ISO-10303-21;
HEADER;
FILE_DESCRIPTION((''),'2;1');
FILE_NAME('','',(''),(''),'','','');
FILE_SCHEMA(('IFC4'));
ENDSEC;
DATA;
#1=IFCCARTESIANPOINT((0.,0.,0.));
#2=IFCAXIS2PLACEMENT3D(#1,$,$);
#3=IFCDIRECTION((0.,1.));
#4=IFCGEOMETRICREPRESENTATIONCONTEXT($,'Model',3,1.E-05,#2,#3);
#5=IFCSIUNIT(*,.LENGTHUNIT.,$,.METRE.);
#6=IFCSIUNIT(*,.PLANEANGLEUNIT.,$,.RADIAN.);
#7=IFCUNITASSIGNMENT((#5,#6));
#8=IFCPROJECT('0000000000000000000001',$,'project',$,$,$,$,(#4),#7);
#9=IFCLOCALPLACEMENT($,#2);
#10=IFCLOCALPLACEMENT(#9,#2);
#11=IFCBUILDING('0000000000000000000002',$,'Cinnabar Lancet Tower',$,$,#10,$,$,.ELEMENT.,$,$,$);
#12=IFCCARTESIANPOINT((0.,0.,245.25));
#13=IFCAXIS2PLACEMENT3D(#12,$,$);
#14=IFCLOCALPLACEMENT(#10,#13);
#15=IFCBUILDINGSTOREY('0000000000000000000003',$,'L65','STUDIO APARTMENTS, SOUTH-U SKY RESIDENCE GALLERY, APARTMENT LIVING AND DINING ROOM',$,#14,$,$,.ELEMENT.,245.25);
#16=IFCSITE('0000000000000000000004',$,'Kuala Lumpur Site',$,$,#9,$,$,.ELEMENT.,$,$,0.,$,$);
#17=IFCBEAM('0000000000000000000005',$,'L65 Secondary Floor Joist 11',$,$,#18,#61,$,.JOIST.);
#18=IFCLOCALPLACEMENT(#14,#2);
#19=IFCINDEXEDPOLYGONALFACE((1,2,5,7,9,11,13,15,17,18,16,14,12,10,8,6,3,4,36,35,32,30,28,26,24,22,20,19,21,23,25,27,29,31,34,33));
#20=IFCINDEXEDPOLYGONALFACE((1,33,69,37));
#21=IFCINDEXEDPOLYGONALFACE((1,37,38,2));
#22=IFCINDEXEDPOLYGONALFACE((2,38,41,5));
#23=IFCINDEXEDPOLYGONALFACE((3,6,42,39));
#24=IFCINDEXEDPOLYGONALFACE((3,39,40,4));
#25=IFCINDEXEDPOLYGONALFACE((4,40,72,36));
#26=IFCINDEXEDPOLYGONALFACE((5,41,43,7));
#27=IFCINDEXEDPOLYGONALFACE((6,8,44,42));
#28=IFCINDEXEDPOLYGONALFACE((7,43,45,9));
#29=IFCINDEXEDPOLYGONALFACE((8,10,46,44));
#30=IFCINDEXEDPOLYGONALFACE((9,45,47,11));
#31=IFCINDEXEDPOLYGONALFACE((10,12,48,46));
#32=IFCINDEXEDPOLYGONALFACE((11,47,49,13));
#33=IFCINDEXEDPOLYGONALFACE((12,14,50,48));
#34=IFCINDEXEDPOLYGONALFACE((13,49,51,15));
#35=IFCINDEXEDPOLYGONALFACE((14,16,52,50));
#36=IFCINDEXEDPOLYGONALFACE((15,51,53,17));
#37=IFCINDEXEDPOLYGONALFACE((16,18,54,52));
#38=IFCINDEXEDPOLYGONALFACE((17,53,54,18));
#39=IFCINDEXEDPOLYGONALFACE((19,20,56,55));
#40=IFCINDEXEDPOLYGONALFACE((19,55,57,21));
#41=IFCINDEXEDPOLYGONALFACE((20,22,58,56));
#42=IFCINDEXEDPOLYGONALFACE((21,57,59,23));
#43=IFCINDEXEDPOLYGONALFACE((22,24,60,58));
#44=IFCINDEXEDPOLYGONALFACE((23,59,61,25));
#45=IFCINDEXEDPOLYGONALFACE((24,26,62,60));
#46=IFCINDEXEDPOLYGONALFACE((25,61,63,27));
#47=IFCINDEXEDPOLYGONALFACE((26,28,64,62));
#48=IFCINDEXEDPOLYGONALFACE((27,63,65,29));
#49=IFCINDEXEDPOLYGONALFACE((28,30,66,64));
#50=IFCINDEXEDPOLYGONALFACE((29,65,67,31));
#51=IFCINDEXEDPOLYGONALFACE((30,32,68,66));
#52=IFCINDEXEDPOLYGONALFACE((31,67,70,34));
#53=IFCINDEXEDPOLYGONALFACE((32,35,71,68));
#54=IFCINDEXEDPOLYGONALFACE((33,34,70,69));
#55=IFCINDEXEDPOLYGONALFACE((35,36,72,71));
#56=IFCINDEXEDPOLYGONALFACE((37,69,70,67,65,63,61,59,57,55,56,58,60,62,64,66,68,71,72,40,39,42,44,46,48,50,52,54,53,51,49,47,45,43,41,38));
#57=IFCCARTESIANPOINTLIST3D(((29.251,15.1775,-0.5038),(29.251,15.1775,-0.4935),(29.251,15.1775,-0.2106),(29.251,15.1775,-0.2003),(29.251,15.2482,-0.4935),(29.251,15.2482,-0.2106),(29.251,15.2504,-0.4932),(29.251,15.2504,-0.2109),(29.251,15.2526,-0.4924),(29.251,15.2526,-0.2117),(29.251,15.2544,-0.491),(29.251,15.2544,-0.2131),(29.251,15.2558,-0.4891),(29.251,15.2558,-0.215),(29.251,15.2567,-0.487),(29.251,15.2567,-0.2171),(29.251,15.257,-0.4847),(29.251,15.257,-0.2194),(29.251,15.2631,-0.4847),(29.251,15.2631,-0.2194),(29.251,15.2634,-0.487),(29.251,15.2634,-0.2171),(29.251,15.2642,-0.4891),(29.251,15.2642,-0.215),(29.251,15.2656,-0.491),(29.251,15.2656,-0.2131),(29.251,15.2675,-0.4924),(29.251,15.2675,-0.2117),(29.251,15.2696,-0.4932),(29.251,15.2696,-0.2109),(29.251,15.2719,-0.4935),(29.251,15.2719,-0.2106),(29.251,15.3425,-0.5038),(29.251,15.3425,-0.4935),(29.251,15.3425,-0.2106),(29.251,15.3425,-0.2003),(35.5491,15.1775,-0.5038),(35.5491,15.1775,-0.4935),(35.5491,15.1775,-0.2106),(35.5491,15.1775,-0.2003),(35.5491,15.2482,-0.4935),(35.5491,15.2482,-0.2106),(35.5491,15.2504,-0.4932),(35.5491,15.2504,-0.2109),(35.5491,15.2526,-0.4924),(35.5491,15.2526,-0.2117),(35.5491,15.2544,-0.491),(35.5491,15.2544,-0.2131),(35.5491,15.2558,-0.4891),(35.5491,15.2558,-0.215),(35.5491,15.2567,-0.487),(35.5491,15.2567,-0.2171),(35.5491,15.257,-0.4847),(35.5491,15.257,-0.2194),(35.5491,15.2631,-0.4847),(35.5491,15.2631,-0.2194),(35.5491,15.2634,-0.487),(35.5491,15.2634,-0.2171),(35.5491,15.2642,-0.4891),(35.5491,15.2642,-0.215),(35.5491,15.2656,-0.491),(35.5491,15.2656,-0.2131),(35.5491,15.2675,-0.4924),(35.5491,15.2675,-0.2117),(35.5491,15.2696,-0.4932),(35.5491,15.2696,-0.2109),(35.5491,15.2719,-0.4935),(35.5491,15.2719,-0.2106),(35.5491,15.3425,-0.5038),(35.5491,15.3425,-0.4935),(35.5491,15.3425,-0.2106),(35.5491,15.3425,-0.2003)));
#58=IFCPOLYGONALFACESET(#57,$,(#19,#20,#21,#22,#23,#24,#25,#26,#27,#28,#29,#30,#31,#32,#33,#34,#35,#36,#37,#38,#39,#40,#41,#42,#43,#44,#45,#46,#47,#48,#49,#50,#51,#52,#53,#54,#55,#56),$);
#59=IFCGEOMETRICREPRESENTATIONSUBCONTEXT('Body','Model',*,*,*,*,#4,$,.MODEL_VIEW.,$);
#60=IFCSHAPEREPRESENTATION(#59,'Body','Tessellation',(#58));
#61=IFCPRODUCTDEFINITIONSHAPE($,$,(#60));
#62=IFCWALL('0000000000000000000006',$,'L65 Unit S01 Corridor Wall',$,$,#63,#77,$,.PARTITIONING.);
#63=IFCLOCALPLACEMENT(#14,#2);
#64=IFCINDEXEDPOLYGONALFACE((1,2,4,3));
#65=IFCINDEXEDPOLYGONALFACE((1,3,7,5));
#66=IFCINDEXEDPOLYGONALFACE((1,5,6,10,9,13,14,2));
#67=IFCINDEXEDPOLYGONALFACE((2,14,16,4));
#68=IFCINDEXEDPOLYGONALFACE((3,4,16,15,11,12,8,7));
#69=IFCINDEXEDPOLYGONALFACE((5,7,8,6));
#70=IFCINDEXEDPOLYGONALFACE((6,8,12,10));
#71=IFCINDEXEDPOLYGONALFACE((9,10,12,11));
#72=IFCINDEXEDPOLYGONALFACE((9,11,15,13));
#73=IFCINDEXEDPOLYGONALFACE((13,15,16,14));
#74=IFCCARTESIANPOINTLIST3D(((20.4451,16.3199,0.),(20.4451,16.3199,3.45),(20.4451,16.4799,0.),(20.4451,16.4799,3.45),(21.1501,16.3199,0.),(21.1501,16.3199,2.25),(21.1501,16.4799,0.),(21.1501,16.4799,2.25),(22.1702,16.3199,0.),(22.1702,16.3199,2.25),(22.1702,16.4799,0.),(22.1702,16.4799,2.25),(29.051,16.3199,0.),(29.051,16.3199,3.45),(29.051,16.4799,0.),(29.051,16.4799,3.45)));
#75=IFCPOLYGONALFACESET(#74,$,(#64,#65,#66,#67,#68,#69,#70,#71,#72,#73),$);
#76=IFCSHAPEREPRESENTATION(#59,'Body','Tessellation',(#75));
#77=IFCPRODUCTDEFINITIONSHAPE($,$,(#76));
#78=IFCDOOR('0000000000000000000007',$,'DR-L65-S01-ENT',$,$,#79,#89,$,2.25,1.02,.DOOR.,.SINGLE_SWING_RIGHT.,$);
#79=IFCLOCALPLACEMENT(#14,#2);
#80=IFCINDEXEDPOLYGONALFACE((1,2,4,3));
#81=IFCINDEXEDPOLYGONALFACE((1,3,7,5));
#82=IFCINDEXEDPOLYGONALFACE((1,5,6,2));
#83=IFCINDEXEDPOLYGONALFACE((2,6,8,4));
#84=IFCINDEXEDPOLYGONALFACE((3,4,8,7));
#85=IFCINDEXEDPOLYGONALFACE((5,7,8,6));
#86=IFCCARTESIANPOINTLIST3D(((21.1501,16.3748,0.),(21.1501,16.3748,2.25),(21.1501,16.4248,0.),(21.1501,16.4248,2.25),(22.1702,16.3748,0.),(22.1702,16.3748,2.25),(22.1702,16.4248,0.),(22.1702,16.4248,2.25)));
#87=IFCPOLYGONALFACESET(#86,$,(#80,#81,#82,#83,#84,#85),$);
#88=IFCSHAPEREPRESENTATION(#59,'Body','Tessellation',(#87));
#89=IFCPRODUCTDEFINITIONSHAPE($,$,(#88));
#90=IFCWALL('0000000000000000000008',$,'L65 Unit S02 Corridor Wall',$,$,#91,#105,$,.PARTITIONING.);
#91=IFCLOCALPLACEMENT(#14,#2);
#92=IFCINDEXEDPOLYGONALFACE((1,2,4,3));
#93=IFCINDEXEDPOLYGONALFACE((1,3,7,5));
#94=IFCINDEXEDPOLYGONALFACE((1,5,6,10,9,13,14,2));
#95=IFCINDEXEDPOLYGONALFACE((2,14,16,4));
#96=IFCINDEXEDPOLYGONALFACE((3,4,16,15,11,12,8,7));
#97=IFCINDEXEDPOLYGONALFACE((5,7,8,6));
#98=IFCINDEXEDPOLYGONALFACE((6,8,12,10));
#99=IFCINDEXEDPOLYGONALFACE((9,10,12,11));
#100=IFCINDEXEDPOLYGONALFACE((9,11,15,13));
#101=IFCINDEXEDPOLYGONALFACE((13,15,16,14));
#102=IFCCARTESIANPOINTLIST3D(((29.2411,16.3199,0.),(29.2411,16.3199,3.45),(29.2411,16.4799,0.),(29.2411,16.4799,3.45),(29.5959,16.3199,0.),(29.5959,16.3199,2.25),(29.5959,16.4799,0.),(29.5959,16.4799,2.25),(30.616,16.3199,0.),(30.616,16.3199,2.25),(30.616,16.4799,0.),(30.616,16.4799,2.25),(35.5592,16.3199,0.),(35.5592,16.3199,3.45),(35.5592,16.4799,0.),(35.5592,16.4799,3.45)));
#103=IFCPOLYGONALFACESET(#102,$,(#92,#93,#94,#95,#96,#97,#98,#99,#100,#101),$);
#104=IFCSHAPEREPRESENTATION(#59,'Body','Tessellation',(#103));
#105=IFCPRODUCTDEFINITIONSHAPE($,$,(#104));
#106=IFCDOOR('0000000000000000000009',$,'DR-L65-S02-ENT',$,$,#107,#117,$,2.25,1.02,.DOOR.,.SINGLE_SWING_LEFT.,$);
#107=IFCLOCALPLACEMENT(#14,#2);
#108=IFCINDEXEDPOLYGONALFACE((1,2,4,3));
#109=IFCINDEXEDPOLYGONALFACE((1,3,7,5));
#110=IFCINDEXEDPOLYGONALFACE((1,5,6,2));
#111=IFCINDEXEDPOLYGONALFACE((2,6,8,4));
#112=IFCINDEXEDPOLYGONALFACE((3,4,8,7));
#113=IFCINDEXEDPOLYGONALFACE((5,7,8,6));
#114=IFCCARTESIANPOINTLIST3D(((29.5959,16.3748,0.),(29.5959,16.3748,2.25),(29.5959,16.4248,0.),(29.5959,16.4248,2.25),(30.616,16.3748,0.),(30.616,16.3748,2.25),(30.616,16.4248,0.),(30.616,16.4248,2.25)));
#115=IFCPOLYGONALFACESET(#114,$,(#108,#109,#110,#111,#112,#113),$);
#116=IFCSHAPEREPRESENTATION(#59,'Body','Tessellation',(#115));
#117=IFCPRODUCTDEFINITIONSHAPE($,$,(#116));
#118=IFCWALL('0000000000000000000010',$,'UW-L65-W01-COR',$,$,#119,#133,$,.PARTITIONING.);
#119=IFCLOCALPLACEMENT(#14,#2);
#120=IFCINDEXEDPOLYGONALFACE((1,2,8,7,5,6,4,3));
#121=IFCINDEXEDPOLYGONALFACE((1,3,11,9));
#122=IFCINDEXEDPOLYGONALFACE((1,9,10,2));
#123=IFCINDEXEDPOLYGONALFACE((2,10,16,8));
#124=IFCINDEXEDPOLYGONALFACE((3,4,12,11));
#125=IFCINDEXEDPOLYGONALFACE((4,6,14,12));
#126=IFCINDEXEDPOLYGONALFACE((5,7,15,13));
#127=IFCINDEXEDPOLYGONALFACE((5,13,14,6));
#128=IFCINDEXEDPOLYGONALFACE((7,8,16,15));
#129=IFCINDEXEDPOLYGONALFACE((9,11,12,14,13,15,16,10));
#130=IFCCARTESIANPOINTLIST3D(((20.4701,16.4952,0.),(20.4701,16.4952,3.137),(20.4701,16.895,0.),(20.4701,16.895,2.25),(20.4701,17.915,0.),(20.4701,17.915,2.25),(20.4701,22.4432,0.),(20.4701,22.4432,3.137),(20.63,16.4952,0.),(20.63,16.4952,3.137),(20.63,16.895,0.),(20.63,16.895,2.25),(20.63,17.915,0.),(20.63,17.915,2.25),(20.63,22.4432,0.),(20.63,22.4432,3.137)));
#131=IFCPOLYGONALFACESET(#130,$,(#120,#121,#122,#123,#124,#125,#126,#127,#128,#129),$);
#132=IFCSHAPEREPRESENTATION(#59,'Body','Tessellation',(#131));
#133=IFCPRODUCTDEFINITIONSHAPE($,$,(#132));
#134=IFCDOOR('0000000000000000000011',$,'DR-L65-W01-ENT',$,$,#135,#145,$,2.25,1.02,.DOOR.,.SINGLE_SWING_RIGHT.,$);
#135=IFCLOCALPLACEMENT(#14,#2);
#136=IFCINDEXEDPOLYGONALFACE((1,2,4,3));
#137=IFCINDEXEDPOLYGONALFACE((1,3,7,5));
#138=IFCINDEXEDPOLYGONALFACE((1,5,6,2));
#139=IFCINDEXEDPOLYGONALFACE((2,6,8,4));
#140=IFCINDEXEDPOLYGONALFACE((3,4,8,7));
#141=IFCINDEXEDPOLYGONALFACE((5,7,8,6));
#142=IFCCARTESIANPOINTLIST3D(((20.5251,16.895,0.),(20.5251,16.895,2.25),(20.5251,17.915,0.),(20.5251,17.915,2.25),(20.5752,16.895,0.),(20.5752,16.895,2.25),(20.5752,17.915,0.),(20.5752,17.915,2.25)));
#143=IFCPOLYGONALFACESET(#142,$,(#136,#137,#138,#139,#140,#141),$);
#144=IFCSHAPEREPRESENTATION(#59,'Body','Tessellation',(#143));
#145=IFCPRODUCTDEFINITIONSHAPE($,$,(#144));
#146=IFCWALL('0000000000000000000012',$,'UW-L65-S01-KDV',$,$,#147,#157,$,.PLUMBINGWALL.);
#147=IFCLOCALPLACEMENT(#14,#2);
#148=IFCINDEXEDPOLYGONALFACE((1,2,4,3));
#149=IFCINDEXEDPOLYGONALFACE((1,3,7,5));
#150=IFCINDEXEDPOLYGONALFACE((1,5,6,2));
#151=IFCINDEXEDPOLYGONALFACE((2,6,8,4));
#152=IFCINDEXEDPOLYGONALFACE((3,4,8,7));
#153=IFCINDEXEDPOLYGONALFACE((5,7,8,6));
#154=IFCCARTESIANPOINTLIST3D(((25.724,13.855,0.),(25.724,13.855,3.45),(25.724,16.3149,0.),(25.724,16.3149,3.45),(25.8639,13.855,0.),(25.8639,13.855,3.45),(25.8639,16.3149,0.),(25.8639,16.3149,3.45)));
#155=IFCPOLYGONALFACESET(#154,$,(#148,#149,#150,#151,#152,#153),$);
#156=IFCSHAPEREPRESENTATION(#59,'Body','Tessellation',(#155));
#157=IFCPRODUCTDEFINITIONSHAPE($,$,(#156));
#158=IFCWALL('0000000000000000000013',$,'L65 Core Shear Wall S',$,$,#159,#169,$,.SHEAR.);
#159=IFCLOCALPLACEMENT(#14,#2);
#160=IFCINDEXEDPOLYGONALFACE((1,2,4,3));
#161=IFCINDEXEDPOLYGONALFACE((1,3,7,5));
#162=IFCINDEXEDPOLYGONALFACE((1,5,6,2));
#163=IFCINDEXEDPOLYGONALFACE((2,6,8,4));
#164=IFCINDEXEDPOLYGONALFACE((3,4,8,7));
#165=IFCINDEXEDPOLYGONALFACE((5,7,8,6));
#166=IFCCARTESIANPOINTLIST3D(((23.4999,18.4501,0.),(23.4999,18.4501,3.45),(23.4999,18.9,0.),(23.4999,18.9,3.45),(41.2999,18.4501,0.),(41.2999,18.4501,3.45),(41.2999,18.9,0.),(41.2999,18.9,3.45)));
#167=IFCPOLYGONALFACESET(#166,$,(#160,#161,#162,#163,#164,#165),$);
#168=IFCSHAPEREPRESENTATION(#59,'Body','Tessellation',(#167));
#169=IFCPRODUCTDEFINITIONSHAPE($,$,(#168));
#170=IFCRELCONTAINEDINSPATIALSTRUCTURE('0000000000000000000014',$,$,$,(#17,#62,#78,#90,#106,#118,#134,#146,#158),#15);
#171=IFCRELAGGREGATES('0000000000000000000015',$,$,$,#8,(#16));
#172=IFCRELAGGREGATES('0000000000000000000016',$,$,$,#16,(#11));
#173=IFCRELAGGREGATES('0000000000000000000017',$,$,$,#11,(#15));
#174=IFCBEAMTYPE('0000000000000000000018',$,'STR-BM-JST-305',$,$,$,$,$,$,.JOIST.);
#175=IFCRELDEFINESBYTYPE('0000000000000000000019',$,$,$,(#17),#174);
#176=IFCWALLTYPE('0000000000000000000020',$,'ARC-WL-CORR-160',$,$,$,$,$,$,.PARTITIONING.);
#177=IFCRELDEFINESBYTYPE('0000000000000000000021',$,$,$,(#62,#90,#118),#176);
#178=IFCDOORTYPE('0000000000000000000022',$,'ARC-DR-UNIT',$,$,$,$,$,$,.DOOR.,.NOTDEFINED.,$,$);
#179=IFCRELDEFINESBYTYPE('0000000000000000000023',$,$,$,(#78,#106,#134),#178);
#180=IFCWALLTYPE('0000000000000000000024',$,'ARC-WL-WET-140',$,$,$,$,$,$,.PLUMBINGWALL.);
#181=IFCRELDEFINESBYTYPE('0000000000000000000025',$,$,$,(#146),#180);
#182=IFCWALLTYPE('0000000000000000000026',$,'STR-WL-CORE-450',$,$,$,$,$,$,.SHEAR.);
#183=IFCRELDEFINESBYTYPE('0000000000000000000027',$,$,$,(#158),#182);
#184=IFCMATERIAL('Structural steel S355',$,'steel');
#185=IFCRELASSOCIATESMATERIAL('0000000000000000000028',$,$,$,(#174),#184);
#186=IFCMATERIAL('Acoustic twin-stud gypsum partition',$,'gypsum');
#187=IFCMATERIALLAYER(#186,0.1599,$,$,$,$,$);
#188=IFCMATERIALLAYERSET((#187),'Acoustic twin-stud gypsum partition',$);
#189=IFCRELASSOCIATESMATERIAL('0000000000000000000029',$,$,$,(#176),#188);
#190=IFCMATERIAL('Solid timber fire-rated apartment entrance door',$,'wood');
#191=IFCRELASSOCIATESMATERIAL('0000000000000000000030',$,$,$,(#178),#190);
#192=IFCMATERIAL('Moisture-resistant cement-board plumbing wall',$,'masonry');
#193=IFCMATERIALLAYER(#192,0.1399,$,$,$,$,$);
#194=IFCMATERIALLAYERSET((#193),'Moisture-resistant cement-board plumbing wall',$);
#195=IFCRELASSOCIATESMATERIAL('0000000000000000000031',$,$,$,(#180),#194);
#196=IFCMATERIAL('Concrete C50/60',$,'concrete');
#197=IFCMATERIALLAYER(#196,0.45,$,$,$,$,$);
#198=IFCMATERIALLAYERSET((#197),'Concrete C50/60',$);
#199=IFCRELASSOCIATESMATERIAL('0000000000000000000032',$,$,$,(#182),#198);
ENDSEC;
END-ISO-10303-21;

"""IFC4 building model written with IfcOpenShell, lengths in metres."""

from ifc_helpers import new_model, si_unit, direction, frame, frame_2d, origin, origin_2d, place, context, subcontext, project, spatial, rectangle, i_section, extrude, material, layer, layer_set, material_profile, profile_set, type_object, element, fill, save


model = new_model("IFC4")

# Units and contexts
model_context = context("Model", 3, precision=1e-05, world=origin(), true_north=direction((0.0, 1.0)))
body_context = subcontext(model_context, "Body", "Model", "MODEL_VIEW")
ifc_project = project(units=[si_unit("LENGTHUNIT", "METRE"), si_unit("PLANEANGLEUNIT", "RADIAN")], contexts=[model_context])

# Site, building, storey
site_placement = place(None, origin())
site = spatial("IfcSite", under=ifc_project, at=site_placement, Name="Kuala Lumpur Site", CompositionType="ELEMENT", RefElevation=0.0)
building_placement = place(site_placement, origin())
building = spatial("IfcBuilding", under=site, at=building_placement, Name="Cinnabar Lancet Tower", CompositionType="ELEMENT")
storey_placement = place(building_placement, frame((0.0, 0.0, 245.25)))
storey = spatial("IfcBuildingStorey", under=building, at=storey_placement, Name="L65", Description="STUDIO APARTMENTS, SOUTH-U SKY RESIDENCE GALLERY, APARTMENT LIVING AND DINING ROOM", CompositionType="ELEMENT", Elevation=245.25)

# Beam
ifc_material_1 = material(Name="Structural steel S355", Category="steel")
ifc_material_profile_1 = material_profile(ifc_material_1, i_section(OverallWidth=0.165, OverallDepth=0.3035, WebThickness=0.0061, FlangeThickness=0.0103, FilletRadius=0.0088, at=origin_2d()), Name="UKB 305x165x40")
ifc_profile_set_1 = profile_set([ifc_material_profile_1], Name="Structural steel S355")
beam_type = type_object("IfcBeamType", Name="STR-BM-JST-305", PredefinedType="JOIST", material=ifc_profile_set_1)
beam_1_placement = place(storey_placement, frame((29.251, 15.26, -0.3521), z_axis=(1.0, 0.0, 0.0), x_axis=(0.0, 1.0, 0.0)))
element("IfcBeam", 1, at=beam_1_placement, inside=storey, type_object=beam_type, Name="L65 Secondary Floor Joist 11", PredefinedType="JOIST", context=body_context, shape_type="SweptSolid", body=[
    extrude(i_section(OverallWidth=0.165, OverallDepth=0.3035, WebThickness=0.0061, FlangeThickness=0.0103, FilletRadius=0.0088, at=origin_2d()), origin(), (0.0, 0.0, 1.0), 6.2981),
])

# Walls, openings, doors
ifc_material_2 = material(Name="Acoustic twin-stud gypsum partition", Category="gypsum")
ifc_layer_1 = layer(ifc_material_2, 0.1599)
ifc_layer_set_1 = layer_set([ifc_layer_1], Name="Acoustic twin-stud gypsum partition")
wall_type_1 = type_object("IfcWallType", Name="ARC-WL-CORR-160", PredefinedType="PARTITIONING", material=ifc_layer_set_1)
wall_1_placement = place(storey_placement, frame((20.4451, 16.3999, 0.0), z_axis=(0.0, 0.0, 1.0), x_axis=(1.0, 0.0, 0.0)))
wall_1 = element("IfcWall", 2, at=wall_1_placement, inside=storey, type_object=wall_type_1, Name="L65 Unit S01 Corridor Wall", PredefinedType="PARTITIONING", context=body_context, shape_type="SweptSolid", body=[
    extrude(rectangle(XDim=8.606, YDim=0.1599, at=frame_2d((4.303, 0.0))), origin(), (0.0, 0.0, 1.0), 3.45),
])
opening_1_placement = place(wall_1_placement, frame((0.7051, 0.0, 0.0)))
opening_1 = element("IfcOpeningElement", 3, at=opening_1_placement, cuts=wall_1, PredefinedType="OPENING", context=body_context, shape_type="SweptSolid", body=[
    extrude(rectangle(XDim=1.02, YDim=2.25, at=frame_2d((0.51, 1.125))), frame((0.0, 0.0898, 0.0), z_axis=(0.0, -1.0, 0.0), x_axis=(1.0, 0.0, 0.0)), (0.0, 0.0, 1.0), 0.1799),
])
ifc_material_3 = material(Name="Solid timber fire-rated apartment entrance door", Category="wood")
door_type = type_object("IfcDoorType", Name="ARC-DR-UNIT", OperationType="NOTDEFINED", PredefinedType="DOOR", material=ifc_material_3)
door_1_placement = place(opening_1_placement, origin())
door_1 = element("IfcDoor", 4, at=door_1_placement, inside=storey, type_object=door_type, Name="DR-L65-S01-ENT", OperationType="SINGLE_SWING_RIGHT", OverallHeight=2.25, OverallWidth=1.02, PredefinedType="DOOR", context=body_context, shape_type="SweptSolid", body=[
    extrude(rectangle(XDim=1.02, YDim=2.25, at=frame_2d((0.51, 1.125))), frame((0.0, 0.0249, 0.0), z_axis=(0.0, -1.0, 0.0), x_axis=(1.0, 0.0, 0.0)), (0.0, 0.0, 1.0), 0.05),
])
fill(opening_1, door_1)
wall_2_placement = place(storey_placement, frame((29.241, 16.3999, 0.0), z_axis=(0.0, 0.0, 1.0), x_axis=(1.0, 0.0, 0.0)))
wall_2 = element("IfcWall", 5, at=wall_2_placement, inside=storey, type_object=wall_type_1, Name="L65 Unit S02 Corridor Wall", PredefinedType="PARTITIONING", context=body_context, shape_type="SweptSolid", body=[
    extrude(rectangle(XDim=6.3181, YDim=0.1599, at=frame_2d((3.1592, 0.0))), origin(), (0.0, 0.0, 1.0), 3.45),
])
opening_2_placement = place(wall_2_placement, frame((0.355, 0.0, 0.0)))
opening_2 = element("IfcOpeningElement", 6, at=opening_2_placement, cuts=wall_2, PredefinedType="OPENING", context=body_context, shape_type="SweptSolid", body=[
    extrude(rectangle(XDim=1.02, YDim=2.25, at=frame_2d((0.51, 1.125))), frame((0.0, 0.0898, 0.0), z_axis=(0.0, -1.0, 0.0), x_axis=(1.0, 0.0, 0.0)), (0.0, 0.0, 1.0), 0.1799),
])
door_2_placement = place(opening_2_placement, origin())
door_2 = element("IfcDoor", 7, at=door_2_placement, inside=storey, type_object=door_type, Name="DR-L65-S02-ENT", OperationType="SINGLE_SWING_LEFT", OverallHeight=2.25, OverallWidth=1.02, PredefinedType="DOOR", context=body_context, shape_type="SweptSolid", body=[
    extrude(rectangle(XDim=1.02, YDim=2.25, at=frame_2d((0.51, 1.125))), frame((0.0, 0.0249, 0.0), z_axis=(0.0, -1.0, 0.0), x_axis=(1.0, 0.0, 0.0)), (0.0, 0.0, 1.0), 0.05),
])
fill(opening_2, door_2)
wall_3_placement = place(storey_placement, frame((20.55, 16.4951, 0.0), z_axis=(0.0, 0.0, 1.0), x_axis=(0.0, 1.0, 0.0)))
wall_3 = element("IfcWall", 8, at=wall_3_placement, inside=storey, type_object=wall_type_1, Name="UW-L65-W01-COR", PredefinedType="PARTITIONING", context=body_context, shape_type="SweptSolid", body=[
    extrude(rectangle(XDim=5.948, YDim=0.1599, at=frame_2d((2.9741, 0.0))), origin(), (0.0, 0.0, 1.0), 3.137),
])
opening_3_placement = place(wall_3_placement, frame((0.3999, 0.0, 0.0)))
opening_3 = element("IfcOpeningElement", 9, at=opening_3_placement, cuts=wall_3, PredefinedType="OPENING", context=body_context, shape_type="SweptSolid", body=[
    extrude(rectangle(XDim=1.02, YDim=2.25, at=frame_2d((0.51, 1.125))), frame((0.0, 0.0898, 0.0), z_axis=(0.0, -1.0, 0.0), x_axis=(1.0, 0.0, 0.0)), (0.0, 0.0, 1.0), 0.1799),
])
door_3_placement = place(opening_3_placement, origin())
door_3 = element("IfcDoor", 10, at=door_3_placement, inside=storey, type_object=door_type, Name="DR-L65-W01-ENT", OperationType="SINGLE_SWING_RIGHT", OverallHeight=2.25, OverallWidth=1.02, PredefinedType="DOOR", context=body_context, shape_type="SweptSolid", body=[
    extrude(rectangle(XDim=1.02, YDim=2.25, at=frame_2d((0.51, 1.125))), frame((0.0, 0.0249, 0.0), z_axis=(0.0, -1.0, 0.0), x_axis=(1.0, 0.0, 0.0)), (0.0, 0.0, 1.0), 0.05),
])
fill(opening_3, door_3)

# Walls
ifc_material_4 = material(Name="Moisture-resistant cement-board plumbing wall", Category="masonry")
ifc_layer_2 = layer(ifc_material_4, 0.1399)
ifc_layer_set_2 = layer_set([ifc_layer_2], Name="Moisture-resistant cement-board plumbing wall")
wall_type_2 = type_object("IfcWallType", Name="ARC-WL-WET-140", PredefinedType="PLUMBINGWALL", material=ifc_layer_set_2)
wall_4_placement = place(storey_placement, frame((25.7939, 13.855, 0.0), z_axis=(0.0, 0.0, 1.0), x_axis=(0.0, 1.0, 0.0)))
element("IfcWall", 11, at=wall_4_placement, inside=storey, type_object=wall_type_2, Name="UW-L65-S01-KDV", PredefinedType="PLUMBINGWALL", context=body_context, shape_type="SweptSolid", body=[
    extrude(rectangle(XDim=2.46, YDim=0.1399, at=frame_2d((1.23, 0.0))), origin(), (0.0, 0.0, 1.0), 3.45),
])
ifc_material_5 = material(Name="Concrete C50/60", Category="concrete")
ifc_layer_3 = layer(ifc_material_5, 0.45)
ifc_layer_set_3 = layer_set([ifc_layer_3], Name="Concrete C50/60")
wall_type_3 = type_object("IfcWallType", Name="STR-WL-CORE-450", PredefinedType="SHEAR", material=ifc_layer_set_3)
wall_5_placement = place(storey_placement, frame((23.5, 18.675, 0.0), z_axis=(0.0, 0.0, 1.0), x_axis=(1.0, 0.0, 0.0)))
element("IfcWall", 12, at=wall_5_placement, inside=storey, type_object=wall_type_3, Name="L65 Core Shear Wall S", PredefinedType="SHEAR", context=body_context, shape_type="SweptSolid", body=[
    extrude(rectangle(XDim=17.8, YDim=0.45, at=frame_2d((8.8999, 0.0))), origin(), (0.0, 0.0, 1.0), 3.45),
])

save(model, "model.ifc")
